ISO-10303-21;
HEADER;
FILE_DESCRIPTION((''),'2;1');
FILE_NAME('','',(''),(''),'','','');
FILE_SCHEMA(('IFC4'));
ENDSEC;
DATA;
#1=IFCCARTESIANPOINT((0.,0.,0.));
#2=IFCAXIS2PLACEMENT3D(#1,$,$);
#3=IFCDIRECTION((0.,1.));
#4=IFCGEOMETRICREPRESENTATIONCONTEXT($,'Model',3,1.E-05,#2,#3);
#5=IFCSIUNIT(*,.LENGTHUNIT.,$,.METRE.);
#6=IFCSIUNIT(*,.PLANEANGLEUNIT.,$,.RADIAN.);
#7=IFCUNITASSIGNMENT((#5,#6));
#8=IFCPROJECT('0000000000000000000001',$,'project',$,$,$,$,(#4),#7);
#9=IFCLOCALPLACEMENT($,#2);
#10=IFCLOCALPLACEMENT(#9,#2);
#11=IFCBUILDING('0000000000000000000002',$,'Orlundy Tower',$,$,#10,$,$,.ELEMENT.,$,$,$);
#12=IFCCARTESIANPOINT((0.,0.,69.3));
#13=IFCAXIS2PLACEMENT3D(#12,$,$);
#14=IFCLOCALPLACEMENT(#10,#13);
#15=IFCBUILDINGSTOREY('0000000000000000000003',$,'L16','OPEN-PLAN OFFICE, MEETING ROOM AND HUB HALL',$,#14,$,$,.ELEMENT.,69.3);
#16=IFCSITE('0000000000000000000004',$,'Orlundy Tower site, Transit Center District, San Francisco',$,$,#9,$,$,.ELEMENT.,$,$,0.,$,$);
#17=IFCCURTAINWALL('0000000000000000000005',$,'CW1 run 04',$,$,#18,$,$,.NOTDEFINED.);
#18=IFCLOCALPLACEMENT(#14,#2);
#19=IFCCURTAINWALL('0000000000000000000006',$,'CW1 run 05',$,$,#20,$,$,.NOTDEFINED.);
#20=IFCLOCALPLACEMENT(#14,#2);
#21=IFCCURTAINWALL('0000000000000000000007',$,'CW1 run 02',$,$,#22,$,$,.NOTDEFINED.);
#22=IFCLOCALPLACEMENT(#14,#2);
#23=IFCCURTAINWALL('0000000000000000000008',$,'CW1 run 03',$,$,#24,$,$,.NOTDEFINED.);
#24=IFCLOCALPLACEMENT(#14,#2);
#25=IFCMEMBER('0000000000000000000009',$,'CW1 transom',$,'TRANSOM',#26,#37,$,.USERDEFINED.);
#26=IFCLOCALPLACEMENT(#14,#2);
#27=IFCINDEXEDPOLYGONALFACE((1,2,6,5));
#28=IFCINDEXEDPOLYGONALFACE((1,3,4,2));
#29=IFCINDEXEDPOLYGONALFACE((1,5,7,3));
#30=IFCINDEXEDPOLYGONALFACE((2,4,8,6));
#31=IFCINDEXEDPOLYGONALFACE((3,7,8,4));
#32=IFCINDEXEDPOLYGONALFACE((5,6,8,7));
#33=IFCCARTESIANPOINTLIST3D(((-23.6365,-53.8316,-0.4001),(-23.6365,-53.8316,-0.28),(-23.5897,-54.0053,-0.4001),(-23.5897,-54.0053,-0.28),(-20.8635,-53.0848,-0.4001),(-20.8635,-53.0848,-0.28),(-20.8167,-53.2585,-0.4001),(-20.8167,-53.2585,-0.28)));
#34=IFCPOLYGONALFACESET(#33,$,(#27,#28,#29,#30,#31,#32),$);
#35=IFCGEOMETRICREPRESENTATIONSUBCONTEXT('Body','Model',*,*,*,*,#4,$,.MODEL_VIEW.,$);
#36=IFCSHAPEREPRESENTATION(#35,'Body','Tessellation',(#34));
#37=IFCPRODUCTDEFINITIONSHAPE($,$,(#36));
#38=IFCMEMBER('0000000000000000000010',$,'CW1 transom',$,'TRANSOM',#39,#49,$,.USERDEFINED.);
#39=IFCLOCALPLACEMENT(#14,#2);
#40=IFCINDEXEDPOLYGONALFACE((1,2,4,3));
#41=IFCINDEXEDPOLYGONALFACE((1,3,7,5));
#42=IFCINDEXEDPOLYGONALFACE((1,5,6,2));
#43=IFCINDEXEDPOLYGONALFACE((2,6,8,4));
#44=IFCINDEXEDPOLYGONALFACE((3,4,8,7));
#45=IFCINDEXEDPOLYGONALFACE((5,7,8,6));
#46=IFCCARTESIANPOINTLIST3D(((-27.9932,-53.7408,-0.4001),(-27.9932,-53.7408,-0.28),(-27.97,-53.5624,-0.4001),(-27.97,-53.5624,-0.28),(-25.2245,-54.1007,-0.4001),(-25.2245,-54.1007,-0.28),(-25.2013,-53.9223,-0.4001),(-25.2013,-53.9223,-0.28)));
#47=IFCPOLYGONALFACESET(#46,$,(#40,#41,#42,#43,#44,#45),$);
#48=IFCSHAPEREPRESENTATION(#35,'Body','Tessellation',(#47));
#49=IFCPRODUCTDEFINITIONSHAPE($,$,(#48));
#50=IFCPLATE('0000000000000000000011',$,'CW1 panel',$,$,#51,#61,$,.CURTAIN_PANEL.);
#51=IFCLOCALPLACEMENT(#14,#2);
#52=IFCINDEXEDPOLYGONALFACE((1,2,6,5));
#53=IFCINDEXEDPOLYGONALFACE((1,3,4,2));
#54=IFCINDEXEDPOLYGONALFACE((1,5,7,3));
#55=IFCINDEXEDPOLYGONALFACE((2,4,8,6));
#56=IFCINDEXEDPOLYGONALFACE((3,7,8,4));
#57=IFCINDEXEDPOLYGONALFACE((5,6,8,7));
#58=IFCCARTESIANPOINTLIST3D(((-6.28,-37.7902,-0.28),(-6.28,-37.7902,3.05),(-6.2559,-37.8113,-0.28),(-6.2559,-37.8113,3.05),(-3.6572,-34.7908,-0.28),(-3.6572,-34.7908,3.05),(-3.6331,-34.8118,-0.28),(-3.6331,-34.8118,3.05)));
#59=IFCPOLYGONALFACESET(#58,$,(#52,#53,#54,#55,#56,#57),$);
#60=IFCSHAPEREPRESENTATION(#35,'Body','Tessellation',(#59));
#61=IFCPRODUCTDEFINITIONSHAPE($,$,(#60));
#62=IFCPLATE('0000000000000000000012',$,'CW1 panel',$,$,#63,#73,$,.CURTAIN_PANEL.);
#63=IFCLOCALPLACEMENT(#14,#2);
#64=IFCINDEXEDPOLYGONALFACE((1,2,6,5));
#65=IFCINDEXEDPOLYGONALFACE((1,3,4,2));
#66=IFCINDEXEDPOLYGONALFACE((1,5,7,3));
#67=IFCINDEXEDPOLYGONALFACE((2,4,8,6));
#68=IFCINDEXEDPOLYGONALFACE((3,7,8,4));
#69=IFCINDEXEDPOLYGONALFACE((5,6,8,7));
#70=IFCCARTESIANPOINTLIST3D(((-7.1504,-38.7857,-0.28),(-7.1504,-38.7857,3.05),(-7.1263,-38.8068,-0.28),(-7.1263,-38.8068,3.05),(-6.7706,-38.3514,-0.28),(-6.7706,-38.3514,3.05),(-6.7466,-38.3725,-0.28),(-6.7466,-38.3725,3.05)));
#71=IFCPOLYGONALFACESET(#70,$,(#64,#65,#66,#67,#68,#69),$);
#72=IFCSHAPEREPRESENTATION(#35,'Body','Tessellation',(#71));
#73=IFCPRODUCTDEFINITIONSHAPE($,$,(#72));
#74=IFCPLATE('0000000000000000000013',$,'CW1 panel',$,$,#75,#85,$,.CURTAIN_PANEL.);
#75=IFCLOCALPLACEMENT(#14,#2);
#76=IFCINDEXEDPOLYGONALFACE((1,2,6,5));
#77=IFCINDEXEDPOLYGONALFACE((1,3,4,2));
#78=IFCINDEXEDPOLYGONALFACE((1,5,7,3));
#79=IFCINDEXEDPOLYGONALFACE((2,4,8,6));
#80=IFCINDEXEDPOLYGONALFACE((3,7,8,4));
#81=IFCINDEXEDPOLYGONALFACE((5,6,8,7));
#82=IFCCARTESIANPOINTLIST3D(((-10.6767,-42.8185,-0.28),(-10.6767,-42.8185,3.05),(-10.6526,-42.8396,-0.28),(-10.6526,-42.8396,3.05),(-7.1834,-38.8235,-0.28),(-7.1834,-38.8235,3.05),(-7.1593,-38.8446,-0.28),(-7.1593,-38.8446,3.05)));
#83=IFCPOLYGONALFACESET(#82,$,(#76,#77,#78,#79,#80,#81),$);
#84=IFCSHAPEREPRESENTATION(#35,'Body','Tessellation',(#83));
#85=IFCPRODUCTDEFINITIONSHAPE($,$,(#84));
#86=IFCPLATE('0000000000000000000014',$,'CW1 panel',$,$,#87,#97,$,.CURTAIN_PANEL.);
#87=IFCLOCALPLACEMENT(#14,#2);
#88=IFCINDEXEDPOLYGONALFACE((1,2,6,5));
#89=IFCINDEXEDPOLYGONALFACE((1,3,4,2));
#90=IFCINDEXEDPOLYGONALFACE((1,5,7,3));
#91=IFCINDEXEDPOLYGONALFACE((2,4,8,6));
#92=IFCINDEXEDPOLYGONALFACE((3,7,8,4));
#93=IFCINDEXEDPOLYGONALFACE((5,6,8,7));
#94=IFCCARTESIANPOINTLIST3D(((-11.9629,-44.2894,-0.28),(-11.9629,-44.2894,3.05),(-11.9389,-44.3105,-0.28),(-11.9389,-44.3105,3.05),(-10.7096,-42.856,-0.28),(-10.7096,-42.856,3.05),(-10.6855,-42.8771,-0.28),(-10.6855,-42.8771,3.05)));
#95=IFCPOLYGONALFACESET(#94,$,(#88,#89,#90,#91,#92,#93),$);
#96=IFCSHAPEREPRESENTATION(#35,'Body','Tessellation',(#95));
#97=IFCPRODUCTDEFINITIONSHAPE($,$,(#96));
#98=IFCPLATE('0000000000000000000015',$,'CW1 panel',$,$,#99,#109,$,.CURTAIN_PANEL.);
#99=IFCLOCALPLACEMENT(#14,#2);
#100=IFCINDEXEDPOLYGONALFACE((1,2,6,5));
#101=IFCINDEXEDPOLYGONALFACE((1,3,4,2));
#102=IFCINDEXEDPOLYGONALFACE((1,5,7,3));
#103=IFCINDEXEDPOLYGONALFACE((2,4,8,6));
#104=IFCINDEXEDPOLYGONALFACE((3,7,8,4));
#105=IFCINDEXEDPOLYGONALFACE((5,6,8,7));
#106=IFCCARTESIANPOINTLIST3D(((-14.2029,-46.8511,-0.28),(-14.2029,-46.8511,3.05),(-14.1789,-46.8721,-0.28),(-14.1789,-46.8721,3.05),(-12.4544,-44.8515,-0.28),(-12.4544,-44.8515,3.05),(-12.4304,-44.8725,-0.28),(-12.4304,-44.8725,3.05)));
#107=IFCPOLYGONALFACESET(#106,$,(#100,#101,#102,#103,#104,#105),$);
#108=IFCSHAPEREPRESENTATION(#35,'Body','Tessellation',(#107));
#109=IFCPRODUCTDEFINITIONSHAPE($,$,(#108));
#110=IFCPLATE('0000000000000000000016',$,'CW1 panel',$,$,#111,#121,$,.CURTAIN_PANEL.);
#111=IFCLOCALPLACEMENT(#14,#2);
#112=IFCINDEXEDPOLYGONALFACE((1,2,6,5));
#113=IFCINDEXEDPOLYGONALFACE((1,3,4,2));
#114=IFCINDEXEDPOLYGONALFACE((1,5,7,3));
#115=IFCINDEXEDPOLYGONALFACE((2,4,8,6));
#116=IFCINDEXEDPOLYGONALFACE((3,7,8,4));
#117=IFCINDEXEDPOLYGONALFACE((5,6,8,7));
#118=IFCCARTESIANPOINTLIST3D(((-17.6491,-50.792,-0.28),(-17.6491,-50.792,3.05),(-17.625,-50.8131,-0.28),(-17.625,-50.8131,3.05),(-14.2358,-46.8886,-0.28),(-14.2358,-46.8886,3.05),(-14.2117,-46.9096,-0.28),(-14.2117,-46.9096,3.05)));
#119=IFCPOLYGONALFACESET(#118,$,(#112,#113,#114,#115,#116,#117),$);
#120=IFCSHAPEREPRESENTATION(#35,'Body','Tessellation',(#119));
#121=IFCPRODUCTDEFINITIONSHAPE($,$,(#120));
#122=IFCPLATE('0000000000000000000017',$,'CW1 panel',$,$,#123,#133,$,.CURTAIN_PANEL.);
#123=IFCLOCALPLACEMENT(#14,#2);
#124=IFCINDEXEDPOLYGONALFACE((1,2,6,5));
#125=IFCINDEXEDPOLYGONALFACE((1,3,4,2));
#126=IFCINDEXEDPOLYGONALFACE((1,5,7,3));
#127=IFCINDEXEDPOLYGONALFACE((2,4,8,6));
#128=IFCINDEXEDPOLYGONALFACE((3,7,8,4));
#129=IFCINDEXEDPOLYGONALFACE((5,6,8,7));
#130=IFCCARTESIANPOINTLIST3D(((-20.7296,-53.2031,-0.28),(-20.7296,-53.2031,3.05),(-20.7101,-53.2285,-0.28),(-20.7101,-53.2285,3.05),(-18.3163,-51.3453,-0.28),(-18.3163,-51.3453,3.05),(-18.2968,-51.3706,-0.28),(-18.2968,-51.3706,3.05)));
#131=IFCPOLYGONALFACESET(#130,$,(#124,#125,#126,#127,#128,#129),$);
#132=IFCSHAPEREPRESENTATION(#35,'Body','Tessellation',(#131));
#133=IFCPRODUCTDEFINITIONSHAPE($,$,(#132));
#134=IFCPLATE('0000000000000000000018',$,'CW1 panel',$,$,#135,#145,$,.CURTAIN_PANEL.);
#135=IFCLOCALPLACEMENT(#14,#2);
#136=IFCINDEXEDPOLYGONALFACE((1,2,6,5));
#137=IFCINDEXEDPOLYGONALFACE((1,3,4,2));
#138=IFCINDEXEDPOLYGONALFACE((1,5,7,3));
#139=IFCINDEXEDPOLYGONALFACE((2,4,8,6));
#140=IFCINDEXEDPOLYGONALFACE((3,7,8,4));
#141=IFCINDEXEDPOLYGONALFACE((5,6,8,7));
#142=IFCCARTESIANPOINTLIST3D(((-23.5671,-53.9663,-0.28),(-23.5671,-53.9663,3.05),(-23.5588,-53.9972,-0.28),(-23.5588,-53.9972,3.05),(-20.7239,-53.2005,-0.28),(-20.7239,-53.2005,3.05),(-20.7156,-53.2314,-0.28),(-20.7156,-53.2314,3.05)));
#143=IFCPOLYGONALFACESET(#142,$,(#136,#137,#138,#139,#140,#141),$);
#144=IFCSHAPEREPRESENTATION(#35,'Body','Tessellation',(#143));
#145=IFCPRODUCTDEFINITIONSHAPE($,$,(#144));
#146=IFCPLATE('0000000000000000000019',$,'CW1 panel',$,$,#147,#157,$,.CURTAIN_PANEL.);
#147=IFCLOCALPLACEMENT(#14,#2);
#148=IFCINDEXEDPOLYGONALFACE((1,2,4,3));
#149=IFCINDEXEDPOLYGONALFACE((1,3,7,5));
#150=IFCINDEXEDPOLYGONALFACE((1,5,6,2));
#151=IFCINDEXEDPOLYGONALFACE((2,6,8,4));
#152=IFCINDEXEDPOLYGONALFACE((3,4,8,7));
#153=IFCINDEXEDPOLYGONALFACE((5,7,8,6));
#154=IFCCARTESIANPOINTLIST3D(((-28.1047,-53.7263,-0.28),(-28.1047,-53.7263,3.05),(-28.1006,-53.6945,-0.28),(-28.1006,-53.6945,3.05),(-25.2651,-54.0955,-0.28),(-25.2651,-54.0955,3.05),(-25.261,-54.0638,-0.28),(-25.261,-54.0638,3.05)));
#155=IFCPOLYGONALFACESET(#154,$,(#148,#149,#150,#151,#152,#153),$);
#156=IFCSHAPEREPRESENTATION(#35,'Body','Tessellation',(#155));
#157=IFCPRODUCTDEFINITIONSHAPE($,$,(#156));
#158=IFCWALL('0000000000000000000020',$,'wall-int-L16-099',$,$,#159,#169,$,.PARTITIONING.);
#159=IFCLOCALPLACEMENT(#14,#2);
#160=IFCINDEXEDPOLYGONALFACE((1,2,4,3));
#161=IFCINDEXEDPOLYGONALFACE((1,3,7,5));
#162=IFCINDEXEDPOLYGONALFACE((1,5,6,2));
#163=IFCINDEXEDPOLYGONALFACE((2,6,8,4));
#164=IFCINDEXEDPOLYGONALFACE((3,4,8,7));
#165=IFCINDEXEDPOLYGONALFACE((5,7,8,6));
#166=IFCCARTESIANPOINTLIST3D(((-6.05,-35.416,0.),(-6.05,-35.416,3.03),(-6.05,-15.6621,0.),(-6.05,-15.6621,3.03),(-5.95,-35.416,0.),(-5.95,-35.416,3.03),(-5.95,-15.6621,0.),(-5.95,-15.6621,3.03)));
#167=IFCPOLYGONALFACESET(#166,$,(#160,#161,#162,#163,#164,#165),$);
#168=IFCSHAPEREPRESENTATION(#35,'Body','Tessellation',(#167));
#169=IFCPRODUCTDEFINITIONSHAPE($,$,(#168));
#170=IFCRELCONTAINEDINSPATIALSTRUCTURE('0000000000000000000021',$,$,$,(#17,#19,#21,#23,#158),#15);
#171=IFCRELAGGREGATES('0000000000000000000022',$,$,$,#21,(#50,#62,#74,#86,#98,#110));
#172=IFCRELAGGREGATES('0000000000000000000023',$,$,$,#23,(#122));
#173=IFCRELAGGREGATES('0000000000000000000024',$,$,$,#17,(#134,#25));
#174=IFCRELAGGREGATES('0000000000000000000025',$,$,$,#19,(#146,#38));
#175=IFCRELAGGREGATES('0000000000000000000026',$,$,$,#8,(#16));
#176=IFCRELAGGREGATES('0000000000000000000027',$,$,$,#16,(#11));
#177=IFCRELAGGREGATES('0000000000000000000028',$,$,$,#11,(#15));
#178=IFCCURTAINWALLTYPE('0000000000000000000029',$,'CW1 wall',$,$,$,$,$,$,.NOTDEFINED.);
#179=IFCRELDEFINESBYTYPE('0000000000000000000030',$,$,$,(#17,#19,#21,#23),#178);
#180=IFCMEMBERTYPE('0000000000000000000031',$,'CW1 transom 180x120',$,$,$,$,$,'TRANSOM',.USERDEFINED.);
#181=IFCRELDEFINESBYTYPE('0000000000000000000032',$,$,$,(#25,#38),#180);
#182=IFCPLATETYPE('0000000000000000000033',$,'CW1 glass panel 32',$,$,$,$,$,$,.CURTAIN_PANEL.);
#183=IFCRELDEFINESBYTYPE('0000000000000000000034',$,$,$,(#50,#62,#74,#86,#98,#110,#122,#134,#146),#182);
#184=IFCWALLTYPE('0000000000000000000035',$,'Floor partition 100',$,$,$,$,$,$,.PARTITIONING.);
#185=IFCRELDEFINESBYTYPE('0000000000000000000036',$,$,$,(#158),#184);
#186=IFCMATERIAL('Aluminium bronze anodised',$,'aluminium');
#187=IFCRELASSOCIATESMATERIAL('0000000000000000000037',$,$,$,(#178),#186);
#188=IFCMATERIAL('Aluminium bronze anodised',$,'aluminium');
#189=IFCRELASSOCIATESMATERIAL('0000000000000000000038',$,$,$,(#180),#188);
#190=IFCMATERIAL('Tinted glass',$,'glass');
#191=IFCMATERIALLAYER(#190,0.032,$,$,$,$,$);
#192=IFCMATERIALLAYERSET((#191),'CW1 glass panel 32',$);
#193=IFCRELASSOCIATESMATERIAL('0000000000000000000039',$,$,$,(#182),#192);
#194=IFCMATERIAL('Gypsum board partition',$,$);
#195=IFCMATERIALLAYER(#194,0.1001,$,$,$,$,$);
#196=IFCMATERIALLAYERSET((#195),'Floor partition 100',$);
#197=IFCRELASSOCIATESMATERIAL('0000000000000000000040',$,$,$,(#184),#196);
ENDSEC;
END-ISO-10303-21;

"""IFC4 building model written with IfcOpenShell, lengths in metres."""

from ifc_helpers import new_model, si_unit, direction, frame, frame_2d, origin, origin_2d, place, context, subcontext, project, spatial, rectangle, extrude, material, layer, layer_set, material_profile, profile_set, type_object, element, aggregate, save


model = new_model("IFC4")

# Units and contexts
model_context = context("Model", 3, precision=1e-05, world=origin(), true_north=direction((0.0, 1.0)))
body_context = subcontext(model_context, "Body", "Model", "MODEL_VIEW")
ifc_project = project(units=[si_unit("LENGTHUNIT", "METRE"), si_unit("PLANEANGLEUNIT", "RADIAN")], contexts=[model_context])

# Site, building, storey
site_placement = place(None, origin())
site = spatial("IfcSite", under=ifc_project, at=site_placement, Name="Orlundy Tower site, Transit Center District, San Francisco", CompositionType="ELEMENT", RefElevation=0.0)
building_placement = place(site_placement, origin())
building = spatial("IfcBuilding", under=site, at=building_placement, Name="Orlundy Tower", CompositionType="ELEMENT")
storey_placement = place(building_placement, frame((0.0, 0.0, 69.3)))
storey = spatial("IfcBuildingStorey", under=building, at=storey_placement, Name="L16", Description="OPEN-PLAN OFFICE, MEETING ROOM AND HUB HALL", CompositionType="ELEMENT", Elevation=69.3)

# Curtain walls
ifc_material_1 = material(Name="Aluminium bronze anodised", Category="aluminium")
curtain_wall_type = type_object("IfcCurtainWallType", Name="CW1 wall", PredefinedType="NOTDEFINED", material=ifc_material_1)
curtain_wall_1_placement = place(storey_placement, origin())
curtain_wall_1 = element("IfcCurtainWall", 1, at=curtain_wall_1_placement, inside=storey, type_object=curtain_wall_type, Name="CW1 run 04", PredefinedType="NOTDEFINED")
curtain_wall_2_placement = place(storey_placement, origin())
curtain_wall_2 = element("IfcCurtainWall", 2, at=curtain_wall_2_placement, inside=storey, type_object=curtain_wall_type, Name="CW1 run 05", PredefinedType="NOTDEFINED")

# Curtain wall
curtain_wall_3_placement = place(storey_placement, origin())
curtain_wall_3 = element("IfcCurtainWall", 3, at=curtain_wall_3_placement, inside=storey, type_object=curtain_wall_type, Name="CW1 run 02", PredefinedType="NOTDEFINED")
ifc_material_2 = material(Name="Aluminium bronze anodised", Category="aluminium")
ifc_material_profile_1 = material_profile(ifc_material_2, rectangle(XDim=0.1799, YDim=0.1201, at=origin_2d()), Name="CW1 transom 180x120")
ifc_profile_set_1 = profile_set([ifc_material_profile_1], Name="Aluminium bronze anodised")
member_type_1 = type_object("IfcMemberType", Name="CW1 transom 180x120", ElementType="TRANSOM", PredefinedType="USERDEFINED", material=ifc_profile_set_1)

# Curtain wall
curtain_wall_4_placement = place(storey_placement, origin())
curtain_wall_4 = element("IfcCurtainWall", 4, at=curtain_wall_4_placement, inside=storey, type_object=curtain_wall_type, Name="CW1 run 03", PredefinedType="NOTDEFINED")

# Members
member_1_placement = place(storey_placement, frame((-20.8401, -53.1716, -0.3401), z_axis=(-0.965593, -0.260059, 0.0), x_axis=(0.260059, -0.965593, 0.0)))
member_1 = element("IfcMember", 5, at=member_1_placement, type_object=member_type_1, Name="CW1 transom", ObjectType="TRANSOM", PredefinedType="USERDEFINED", context=body_context, shape_type="SweptSolid", body=[
    extrude(rectangle(XDim=0.1799, YDim=0.1201, at=origin_2d()), origin(), (0.0, 0.0, 1.0), 2.8718),
])
member_2_placement = place(storey_placement, frame((-25.2129, -54.0115, -0.3401), z_axis=(-0.991659, 0.128887, 0.0), x_axis=(-0.128887, -0.991659, 0.0)))
member_2 = element("IfcMember", 6, at=member_2_placement, type_object=member_type_1, Name="CW1 transom", ObjectType="TRANSOM", PredefinedType="USERDEFINED", context=body_context, shape_type="SweptSolid", body=[
    extrude(rectangle(XDim=0.1799, YDim=0.1201, at=origin_2d()), origin(), (0.0, 0.0, 1.0), 2.792),
])

# Plates
ifc_material_3 = material(Name="Tinted glass", Category="glass")
ifc_layer_1 = layer(ifc_material_3, 0.032)
ifc_layer_set_1 = layer_set([ifc_layer_1], Name="CW1 glass panel 32")
plate_type = type_object("IfcPlateType", Name="CW1 glass panel 32", PredefinedType="CURTAIN_PANEL", material=ifc_layer_set_1)
plate_1_placement = place(storey_placement, frame((-4.9565, -36.301, -0.28), z_axis=(0.0, 0.0, 1.0), x_axis=(-0.658259, -0.752792, 0.0)))
plate_1 = element("IfcPlate", 7, at=plate_1_placement, type_object=plate_type, Name="CW1 panel", PredefinedType="CURTAIN_PANEL", context=body_context, shape_type="SweptSolid", body=[
    extrude(rectangle(XDim=3.9844, YDim=0.032, at=origin_2d()), origin(), (0.0, 0.0, 1.0), 3.3301),
])
plate_2_placement = place(storey_placement, frame((-6.9485, -38.5791, -0.28), z_axis=(0.0, 0.0, 1.0), x_axis=(-0.658259, -0.752792, 0.0)))
plate_2 = element("IfcPlate", 8, at=plate_2_placement, type_object=plate_type, Name="CW1 panel", PredefinedType="CURTAIN_PANEL", context=body_context, shape_type="SweptSolid", body=[
    extrude(rectangle(XDim=0.5769, YDim=0.032, at=origin_2d()), origin(), (0.0, 0.0, 1.0), 3.3301),
])
plate_3_placement = place(storey_placement, frame((-8.918, -40.8315, -0.28), z_axis=(0.0, 0.0, 1.0), x_axis=(-0.658259, -0.752792, 0.0)))
plate_3 = element("IfcPlate", 9, at=plate_3_placement, type_object=plate_type, Name="CW1 panel", PredefinedType="CURTAIN_PANEL", context=body_context, shape_type="SweptSolid", body=[
    extrude(rectangle(XDim=5.3069, YDim=0.032, at=origin_2d()), origin(), (0.0, 0.0, 1.0), 3.3301),
])
plate_4_placement = place(storey_placement, frame((-11.3242, -43.5833, -0.28), z_axis=(0.0, 0.0, 1.0), x_axis=(-0.658259, -0.752792, 0.0)))
plate_4 = element("IfcPlate", 10, at=plate_4_placement, type_object=plate_type, Name="CW1 panel", PredefinedType="CURTAIN_PANEL", context=body_context, shape_type="SweptSolid", body=[
    extrude(rectangle(XDim=1.9041, YDim=0.032, at=origin_2d()), origin(), (0.0, 0.0, 1.0), 3.3301),
])
plate_5_placement = place(storey_placement, frame((-13.3167, -45.8618, -0.28), z_axis=(0.0, 0.0, 1.0), x_axis=(-0.658259, -0.752792, 0.0)))
plate_5 = element("IfcPlate", 11, at=plate_5_placement, type_object=plate_type, Name="CW1 panel", PredefinedType="CURTAIN_PANEL", context=body_context, shape_type="SweptSolid", body=[
    extrude(rectangle(XDim=2.6562, YDim=0.032, at=origin_2d()), origin(), (0.0, 0.0, 1.0), 3.3301),
])
plate_6_placement = place(storey_placement, frame((-15.9304, -48.8508, -0.28), z_axis=(0.0, 0.0, 1.0), x_axis=(-0.658259, -0.752792, 0.0)))
plate_6 = element("IfcPlate", 12, at=plate_6_placement, type_object=plate_type, Name="CW1 panel", PredefinedType="CURTAIN_PANEL", context=body_context, shape_type="SweptSolid", body=[
    extrude(rectangle(XDim=5.1853, YDim=0.032, at=origin_2d()), origin(), (0.0, 0.0, 1.0), 3.3301),
])
aggregate(curtain_wall_3, [plate_1, plate_2, plate_3, plate_4, plate_5, plate_6])
plate_7_placement = place(storey_placement, frame((-19.5132, -52.2869, -0.28), z_axis=(0.0, 0.0, 1.0), x_axis=(-0.792393, -0.610011, 0.0)))
plate_7 = element("IfcPlate", 13, at=plate_7_placement, type_object=plate_type, Name="CW1 panel", PredefinedType="CURTAIN_PANEL", context=body_context, shape_type="SweptSolid", body=[
    extrude(rectangle(XDim=3.0457, YDim=0.032, at=origin_2d()), origin(), (0.0, 0.0, 1.0), 3.3301),
])
aggregate(curtain_wall_4, [plate_7])
plate_8_placement = place(storey_placement, frame((-22.1414, -53.5989, -0.28), z_axis=(0.0, 0.0, 1.0), x_axis=(-0.965587, -0.26008, 0.0)))
plate_8 = element("IfcPlate", 14, at=plate_8_placement, type_object=plate_type, Name="CW1 panel", PredefinedType="CURTAIN_PANEL", context=body_context, shape_type="SweptSolid", body=[
    extrude(rectangle(XDim=2.9446, YDim=0.032, at=origin_2d()), origin(), (0.0, 0.0, 1.0), 3.3301),
])
aggregate(curtain_wall_1, [plate_8, member_1])
plate_9_placement = place(storey_placement, frame((-26.6829, -53.895, -0.28), z_axis=(0.0, 0.0, 1.0), x_axis=(-0.991651, 0.128947, 0.0)))
plate_9 = element("IfcPlate", 15, at=plate_9_placement, type_object=plate_type, Name="CW1 panel", PredefinedType="CURTAIN_PANEL", context=body_context, shape_type="SweptSolid", body=[
    extrude(rectangle(XDim=2.8635, YDim=0.032, at=origin_2d()), origin(), (0.0, 0.0, 1.0), 3.3301),
])
aggregate(curtain_wall_2, [plate_9, member_2])

# Wall
ifc_material_4 = material(Name="Gypsum board partition")
ifc_layer_2 = layer(ifc_material_4, 0.1001)
ifc_layer_set_2 = layer_set([ifc_layer_2], Name="Floor partition 100")
wall_type = type_object("IfcWallType", Name="Floor partition 100", PredefinedType="PARTITIONING", material=ifc_layer_set_2)
wall_placement = place(storey_placement, frame((-6.0, -35.416, 0.0), z_axis=(0.0, 0.0, 1.0), x_axis=(0.0, 1.0, 0.0)))
element("IfcWall", 16, at=wall_placement, inside=storey, type_object=wall_type, Name="wall-int-L16-099", PredefinedType="PARTITIONING", context=body_context, shape_type="SweptSolid", body=[
    extrude(rectangle(XDim=19.7539, YDim=0.1001, at=frame_2d((9.877, 0.0))), origin(), (0.0, 0.0, 1.0), 3.03),
])

save(model, "model.ifc")
